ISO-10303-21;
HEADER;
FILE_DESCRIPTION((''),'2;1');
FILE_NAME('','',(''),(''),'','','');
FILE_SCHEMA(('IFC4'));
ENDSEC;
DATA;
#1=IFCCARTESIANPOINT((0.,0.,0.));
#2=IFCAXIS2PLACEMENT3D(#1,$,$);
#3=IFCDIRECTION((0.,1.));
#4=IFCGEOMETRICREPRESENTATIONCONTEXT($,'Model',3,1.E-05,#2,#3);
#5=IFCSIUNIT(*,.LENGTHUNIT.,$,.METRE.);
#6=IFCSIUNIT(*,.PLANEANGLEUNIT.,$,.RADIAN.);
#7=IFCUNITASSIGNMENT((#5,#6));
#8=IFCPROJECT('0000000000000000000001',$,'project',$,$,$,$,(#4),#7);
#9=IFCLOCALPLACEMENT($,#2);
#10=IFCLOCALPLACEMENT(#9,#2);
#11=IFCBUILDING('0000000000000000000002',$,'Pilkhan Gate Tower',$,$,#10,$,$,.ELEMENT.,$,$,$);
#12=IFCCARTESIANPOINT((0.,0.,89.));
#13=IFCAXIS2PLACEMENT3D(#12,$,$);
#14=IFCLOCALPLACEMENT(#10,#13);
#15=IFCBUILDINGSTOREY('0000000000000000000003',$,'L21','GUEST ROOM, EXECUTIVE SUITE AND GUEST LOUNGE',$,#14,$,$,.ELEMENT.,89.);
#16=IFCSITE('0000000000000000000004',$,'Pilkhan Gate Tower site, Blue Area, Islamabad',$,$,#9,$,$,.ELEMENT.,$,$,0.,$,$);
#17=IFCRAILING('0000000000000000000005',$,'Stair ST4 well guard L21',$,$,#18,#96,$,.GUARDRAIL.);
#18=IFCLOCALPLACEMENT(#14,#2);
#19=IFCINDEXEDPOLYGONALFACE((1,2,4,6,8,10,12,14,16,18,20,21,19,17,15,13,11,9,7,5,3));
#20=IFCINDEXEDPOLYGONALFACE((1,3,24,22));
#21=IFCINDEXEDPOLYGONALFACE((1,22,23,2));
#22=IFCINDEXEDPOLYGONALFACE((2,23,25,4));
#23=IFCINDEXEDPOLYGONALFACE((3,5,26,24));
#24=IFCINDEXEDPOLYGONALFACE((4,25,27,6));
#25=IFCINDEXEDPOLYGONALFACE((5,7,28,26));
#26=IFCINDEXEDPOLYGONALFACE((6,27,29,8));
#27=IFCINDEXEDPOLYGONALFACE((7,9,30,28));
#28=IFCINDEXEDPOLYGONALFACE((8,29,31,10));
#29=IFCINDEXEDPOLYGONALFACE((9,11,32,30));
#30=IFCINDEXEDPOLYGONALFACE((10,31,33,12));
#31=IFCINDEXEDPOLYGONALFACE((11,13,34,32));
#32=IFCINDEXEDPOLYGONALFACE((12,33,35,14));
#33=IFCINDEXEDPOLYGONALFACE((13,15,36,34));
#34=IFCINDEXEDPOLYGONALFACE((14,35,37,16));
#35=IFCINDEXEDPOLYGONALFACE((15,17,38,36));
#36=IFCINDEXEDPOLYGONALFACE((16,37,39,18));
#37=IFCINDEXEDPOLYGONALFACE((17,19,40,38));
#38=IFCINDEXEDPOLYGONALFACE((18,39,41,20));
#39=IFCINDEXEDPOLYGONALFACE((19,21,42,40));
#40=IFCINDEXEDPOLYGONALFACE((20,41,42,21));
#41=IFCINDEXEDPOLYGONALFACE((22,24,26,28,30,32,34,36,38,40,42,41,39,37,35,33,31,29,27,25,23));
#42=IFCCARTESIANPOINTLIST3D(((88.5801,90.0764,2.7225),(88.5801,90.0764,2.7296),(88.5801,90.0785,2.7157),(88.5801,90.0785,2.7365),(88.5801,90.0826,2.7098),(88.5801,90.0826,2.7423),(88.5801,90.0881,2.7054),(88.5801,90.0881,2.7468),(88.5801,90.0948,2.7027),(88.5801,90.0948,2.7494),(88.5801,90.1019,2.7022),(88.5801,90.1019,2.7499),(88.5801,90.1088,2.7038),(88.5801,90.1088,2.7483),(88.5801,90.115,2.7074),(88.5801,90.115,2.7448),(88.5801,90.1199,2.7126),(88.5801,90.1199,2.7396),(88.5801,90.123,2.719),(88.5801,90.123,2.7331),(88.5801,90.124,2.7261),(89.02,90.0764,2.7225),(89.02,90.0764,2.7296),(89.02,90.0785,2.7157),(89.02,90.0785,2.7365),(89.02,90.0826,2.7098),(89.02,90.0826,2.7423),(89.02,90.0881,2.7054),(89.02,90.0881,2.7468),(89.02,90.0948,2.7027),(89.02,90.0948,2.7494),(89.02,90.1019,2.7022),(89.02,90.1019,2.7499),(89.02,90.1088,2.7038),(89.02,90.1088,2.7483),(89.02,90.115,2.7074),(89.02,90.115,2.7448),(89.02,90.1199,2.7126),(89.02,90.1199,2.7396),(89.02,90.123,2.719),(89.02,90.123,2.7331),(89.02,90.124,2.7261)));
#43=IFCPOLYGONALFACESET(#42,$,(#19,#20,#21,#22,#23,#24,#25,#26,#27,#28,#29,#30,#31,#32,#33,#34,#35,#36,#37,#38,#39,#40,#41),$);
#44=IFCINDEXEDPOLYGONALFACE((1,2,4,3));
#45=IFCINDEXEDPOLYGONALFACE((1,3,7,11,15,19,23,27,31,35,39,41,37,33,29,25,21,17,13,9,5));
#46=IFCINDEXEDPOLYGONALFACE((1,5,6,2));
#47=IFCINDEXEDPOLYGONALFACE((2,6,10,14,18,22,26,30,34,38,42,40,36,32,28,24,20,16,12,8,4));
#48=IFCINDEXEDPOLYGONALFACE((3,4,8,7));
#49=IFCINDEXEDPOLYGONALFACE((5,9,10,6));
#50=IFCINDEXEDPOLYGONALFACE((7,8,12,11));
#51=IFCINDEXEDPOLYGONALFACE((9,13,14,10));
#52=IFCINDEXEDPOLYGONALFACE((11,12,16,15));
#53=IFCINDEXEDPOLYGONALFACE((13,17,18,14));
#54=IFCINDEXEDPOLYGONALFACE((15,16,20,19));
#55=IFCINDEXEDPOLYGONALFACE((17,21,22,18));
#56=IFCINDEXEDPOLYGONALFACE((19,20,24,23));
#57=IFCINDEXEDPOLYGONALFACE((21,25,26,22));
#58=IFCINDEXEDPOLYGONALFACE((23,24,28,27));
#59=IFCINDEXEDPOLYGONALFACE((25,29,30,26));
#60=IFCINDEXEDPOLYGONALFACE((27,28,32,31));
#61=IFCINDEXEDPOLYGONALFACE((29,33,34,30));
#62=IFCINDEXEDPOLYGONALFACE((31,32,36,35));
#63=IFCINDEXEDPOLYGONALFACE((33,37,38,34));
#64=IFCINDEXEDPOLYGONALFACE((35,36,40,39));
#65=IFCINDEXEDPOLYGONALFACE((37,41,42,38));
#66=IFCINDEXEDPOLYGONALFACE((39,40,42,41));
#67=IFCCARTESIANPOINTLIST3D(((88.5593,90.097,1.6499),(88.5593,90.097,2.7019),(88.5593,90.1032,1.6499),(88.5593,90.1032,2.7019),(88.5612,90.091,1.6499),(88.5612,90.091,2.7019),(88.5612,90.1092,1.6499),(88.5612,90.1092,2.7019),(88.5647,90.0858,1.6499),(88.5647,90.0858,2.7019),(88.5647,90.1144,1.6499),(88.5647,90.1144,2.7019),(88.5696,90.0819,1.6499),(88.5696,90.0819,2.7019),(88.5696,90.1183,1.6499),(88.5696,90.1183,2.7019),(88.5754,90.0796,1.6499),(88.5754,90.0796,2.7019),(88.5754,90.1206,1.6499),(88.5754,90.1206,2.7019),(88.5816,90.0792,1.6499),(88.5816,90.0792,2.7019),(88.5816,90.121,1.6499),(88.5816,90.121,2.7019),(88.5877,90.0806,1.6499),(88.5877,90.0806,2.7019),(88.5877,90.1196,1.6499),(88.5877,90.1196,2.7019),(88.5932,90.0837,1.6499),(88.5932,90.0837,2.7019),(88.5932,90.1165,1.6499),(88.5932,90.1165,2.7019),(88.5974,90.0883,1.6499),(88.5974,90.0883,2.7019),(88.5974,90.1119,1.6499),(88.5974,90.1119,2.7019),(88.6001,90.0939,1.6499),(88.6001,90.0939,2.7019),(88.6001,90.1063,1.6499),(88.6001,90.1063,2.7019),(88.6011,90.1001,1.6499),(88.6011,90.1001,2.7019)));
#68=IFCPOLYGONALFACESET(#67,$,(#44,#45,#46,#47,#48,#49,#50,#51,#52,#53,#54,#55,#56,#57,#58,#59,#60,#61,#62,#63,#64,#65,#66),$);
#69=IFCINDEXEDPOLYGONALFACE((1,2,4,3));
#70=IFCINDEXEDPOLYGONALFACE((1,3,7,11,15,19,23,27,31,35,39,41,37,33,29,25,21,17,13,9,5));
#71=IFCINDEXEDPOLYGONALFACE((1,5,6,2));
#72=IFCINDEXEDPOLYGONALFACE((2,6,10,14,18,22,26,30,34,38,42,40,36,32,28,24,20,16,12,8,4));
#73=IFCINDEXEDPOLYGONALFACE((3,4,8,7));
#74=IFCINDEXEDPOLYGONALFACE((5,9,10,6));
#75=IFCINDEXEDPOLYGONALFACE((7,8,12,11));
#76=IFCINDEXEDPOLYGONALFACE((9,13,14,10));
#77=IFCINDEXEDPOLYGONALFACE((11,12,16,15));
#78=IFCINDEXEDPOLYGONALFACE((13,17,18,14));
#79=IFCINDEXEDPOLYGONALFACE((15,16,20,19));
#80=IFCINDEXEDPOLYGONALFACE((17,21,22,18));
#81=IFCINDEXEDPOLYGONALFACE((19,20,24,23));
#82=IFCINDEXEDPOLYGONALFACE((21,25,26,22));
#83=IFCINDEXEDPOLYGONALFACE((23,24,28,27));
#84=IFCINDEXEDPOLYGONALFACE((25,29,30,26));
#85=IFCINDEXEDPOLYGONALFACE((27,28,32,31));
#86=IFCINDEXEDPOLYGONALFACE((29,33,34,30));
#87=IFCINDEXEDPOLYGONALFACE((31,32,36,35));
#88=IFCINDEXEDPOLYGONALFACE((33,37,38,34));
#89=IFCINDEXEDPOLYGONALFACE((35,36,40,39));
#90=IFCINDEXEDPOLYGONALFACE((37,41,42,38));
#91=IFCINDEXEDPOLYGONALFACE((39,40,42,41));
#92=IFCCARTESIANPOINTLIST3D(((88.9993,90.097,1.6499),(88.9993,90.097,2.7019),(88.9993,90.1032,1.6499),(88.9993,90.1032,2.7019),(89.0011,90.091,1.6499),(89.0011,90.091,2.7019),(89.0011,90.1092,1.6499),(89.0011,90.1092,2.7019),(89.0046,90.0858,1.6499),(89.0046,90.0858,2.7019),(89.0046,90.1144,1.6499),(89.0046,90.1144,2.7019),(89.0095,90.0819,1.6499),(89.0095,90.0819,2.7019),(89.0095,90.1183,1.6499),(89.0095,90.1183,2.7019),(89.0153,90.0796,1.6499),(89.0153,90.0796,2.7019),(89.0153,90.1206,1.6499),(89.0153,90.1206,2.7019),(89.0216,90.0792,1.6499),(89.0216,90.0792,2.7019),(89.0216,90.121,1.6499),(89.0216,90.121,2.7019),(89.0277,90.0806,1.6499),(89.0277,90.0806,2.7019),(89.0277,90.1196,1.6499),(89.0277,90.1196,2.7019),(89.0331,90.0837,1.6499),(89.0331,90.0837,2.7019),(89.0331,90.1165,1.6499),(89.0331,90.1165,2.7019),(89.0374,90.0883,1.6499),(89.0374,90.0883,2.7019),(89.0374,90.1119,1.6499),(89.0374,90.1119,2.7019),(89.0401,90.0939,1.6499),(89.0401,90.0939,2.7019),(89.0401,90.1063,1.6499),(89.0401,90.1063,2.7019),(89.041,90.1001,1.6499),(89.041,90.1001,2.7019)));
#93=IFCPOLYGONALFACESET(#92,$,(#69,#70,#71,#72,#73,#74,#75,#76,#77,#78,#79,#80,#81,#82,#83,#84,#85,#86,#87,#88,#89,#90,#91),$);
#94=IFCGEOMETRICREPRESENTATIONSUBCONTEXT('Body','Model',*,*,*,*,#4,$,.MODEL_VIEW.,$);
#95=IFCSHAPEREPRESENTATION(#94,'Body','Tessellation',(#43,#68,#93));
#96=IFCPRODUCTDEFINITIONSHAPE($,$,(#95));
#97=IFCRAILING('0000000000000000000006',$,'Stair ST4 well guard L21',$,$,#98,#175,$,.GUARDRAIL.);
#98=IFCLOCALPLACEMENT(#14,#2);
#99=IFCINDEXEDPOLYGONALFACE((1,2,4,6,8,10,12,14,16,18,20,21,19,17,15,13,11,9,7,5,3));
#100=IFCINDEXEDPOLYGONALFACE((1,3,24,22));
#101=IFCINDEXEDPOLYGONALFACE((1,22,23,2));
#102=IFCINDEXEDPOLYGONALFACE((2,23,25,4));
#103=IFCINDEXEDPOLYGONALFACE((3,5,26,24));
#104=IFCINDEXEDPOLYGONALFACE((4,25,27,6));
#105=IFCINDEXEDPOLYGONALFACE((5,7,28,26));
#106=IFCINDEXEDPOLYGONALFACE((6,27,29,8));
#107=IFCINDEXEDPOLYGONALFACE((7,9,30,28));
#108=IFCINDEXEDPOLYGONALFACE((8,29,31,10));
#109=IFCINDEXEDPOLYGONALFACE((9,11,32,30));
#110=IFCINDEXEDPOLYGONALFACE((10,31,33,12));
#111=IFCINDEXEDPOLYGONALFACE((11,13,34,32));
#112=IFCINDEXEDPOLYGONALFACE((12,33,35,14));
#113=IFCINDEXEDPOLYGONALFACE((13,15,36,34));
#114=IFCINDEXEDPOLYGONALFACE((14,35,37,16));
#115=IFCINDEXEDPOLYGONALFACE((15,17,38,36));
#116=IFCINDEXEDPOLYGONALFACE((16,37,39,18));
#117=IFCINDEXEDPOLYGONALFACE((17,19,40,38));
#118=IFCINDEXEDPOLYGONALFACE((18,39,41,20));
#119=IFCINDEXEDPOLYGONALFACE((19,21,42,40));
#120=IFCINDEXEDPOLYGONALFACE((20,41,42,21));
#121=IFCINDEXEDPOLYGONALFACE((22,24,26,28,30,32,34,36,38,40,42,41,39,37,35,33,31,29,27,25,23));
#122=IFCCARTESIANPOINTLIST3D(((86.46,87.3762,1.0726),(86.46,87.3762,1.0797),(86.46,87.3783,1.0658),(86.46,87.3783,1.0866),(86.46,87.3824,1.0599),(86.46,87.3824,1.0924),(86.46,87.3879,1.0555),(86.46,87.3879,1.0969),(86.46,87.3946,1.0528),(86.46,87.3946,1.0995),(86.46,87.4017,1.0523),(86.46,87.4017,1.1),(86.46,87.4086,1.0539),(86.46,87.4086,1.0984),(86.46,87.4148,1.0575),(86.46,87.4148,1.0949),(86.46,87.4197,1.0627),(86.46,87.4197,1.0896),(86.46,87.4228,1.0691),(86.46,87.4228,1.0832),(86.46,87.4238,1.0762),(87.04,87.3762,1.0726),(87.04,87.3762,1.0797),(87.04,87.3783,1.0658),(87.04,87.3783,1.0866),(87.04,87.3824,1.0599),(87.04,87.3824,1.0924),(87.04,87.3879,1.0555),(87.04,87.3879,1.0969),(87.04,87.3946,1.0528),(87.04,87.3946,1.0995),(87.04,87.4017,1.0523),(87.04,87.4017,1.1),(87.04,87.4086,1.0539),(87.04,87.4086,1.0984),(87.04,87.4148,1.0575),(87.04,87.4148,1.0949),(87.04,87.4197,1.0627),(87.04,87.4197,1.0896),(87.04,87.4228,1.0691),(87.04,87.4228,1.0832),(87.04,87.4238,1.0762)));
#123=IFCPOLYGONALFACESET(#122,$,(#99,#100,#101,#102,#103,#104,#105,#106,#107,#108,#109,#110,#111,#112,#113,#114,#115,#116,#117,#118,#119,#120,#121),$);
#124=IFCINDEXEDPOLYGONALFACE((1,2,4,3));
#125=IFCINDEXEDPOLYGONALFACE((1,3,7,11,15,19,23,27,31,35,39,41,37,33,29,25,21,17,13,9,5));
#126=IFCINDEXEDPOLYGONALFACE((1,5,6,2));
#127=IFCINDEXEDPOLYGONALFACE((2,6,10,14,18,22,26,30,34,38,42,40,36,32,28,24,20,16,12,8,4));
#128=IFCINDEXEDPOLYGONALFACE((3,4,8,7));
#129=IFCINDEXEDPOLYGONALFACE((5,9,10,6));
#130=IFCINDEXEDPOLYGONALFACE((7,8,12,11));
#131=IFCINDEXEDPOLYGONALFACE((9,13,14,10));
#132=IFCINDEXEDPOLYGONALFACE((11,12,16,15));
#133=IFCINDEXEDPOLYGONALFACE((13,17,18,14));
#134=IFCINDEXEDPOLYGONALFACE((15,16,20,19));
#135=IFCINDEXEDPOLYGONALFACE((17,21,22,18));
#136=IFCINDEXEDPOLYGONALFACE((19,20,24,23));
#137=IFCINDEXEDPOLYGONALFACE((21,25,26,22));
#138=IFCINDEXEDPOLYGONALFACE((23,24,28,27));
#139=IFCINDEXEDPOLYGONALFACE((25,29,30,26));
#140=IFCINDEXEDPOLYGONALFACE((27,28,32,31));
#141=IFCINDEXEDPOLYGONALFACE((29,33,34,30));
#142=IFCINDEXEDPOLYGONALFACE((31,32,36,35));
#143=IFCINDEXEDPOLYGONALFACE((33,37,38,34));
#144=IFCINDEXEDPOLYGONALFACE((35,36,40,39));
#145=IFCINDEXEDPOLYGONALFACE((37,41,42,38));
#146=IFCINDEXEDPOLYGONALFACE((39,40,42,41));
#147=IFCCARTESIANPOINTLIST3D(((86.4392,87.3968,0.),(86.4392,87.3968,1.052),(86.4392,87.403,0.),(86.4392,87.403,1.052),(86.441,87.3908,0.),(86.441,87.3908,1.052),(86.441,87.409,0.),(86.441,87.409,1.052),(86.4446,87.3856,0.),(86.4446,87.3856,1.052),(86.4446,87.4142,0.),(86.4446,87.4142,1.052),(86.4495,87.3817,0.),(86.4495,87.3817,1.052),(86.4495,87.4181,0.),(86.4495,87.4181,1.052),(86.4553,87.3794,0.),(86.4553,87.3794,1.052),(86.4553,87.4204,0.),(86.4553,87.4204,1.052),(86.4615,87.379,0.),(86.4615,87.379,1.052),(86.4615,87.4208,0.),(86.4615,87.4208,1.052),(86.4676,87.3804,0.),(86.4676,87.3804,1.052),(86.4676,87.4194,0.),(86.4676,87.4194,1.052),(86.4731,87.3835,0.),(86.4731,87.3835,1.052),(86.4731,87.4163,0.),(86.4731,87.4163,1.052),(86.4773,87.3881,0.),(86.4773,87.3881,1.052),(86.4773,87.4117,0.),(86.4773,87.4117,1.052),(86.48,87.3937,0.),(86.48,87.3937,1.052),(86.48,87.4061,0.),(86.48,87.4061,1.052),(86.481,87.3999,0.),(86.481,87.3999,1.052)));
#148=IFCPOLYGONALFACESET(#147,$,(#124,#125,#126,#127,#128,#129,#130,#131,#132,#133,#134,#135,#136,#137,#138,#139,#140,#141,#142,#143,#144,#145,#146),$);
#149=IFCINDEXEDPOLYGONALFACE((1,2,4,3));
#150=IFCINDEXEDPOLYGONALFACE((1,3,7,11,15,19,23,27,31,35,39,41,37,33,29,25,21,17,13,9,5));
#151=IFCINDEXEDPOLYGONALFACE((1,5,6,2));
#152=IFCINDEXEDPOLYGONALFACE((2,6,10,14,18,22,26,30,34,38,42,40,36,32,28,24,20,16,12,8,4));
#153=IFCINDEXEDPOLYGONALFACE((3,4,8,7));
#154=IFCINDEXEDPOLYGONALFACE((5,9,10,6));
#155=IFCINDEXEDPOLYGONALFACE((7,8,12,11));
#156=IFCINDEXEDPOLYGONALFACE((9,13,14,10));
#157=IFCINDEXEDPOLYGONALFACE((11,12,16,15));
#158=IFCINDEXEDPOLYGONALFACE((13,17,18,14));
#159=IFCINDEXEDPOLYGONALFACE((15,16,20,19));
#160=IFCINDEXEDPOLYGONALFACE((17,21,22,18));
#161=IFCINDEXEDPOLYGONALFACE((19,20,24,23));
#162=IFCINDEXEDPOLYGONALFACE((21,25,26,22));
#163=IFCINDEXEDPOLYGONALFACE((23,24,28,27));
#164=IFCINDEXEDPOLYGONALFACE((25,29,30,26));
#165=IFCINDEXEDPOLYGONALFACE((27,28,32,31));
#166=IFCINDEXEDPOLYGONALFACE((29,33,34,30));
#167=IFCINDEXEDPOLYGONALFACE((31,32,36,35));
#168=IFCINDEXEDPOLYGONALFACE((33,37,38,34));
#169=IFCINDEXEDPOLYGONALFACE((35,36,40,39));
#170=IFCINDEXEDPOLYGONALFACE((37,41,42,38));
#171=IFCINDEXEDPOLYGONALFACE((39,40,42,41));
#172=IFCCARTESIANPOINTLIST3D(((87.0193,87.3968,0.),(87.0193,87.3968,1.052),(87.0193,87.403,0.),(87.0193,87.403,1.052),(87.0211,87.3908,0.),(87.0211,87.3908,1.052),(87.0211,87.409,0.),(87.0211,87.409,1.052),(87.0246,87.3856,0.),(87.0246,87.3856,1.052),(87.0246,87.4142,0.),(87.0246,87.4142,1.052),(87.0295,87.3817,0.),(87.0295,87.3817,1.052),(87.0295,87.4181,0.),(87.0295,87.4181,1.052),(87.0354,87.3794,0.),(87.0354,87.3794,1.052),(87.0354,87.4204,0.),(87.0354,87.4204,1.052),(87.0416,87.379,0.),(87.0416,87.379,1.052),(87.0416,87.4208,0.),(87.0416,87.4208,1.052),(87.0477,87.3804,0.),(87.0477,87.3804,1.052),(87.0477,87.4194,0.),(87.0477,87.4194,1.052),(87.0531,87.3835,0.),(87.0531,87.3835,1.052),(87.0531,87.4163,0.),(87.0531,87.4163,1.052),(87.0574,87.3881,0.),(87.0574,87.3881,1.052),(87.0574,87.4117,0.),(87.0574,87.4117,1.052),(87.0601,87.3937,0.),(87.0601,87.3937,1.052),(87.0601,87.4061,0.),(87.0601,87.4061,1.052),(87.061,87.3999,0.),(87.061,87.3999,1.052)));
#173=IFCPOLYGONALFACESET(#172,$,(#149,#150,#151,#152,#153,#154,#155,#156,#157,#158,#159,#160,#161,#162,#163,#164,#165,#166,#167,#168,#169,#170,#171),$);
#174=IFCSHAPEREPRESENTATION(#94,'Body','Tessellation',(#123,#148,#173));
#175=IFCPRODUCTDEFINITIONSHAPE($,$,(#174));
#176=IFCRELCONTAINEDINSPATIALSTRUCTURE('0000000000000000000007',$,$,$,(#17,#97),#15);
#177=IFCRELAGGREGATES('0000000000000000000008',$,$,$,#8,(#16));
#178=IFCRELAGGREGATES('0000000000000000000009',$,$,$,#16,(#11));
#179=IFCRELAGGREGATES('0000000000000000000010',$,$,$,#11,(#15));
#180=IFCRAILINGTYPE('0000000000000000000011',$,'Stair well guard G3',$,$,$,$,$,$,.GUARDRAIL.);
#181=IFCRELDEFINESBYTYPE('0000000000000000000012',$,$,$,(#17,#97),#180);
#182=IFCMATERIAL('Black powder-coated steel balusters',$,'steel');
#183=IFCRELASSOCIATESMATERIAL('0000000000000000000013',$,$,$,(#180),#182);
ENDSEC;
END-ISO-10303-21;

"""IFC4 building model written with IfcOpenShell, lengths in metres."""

from ifc_helpers import new_model, si_unit, direction, frame, origin, origin_2d, place, context, subcontext, project, spatial, circle, extrude, material, type_object, element, save


model = new_model("IFC4")

# Units and contexts
model_context = context("Model", 3, precision=1e-05, world=origin(), true_north=direction((0.0, 1.0)))
body_context = subcontext(model_context, "Body", "Model", "MODEL_VIEW")
ifc_project = project(units=[si_unit("LENGTHUNIT", "METRE"), si_unit("PLANEANGLEUNIT", "RADIAN")], contexts=[model_context])

# Site, building, storey
site_placement = place(None, origin())
site = spatial("IfcSite", under=ifc_project, at=site_placement, Name="Pilkhan Gate Tower site, Blue Area, Islamabad", CompositionType="ELEMENT", RefElevation=0.0)
building_placement = place(site_placement, origin())
building = spatial("IfcBuilding", under=site, at=building_placement, Name="Pilkhan Gate Tower", CompositionType="ELEMENT")
storey_placement = place(building_placement, frame((0.0, 0.0, 89.0)))
storey = spatial("IfcBuildingStorey", under=building, at=storey_placement, Name="L21", Description="GUEST ROOM, EXECUTIVE SUITE AND GUEST LOUNGE", CompositionType="ELEMENT", Elevation=89.0)

# Railings
ifc_material_1 = material(Name="Black powder-coated steel balusters", Category="steel")
railing_type_1 = type_object("IfcRailingType", Name="Stair well guard G3", PredefinedType="GUARDRAIL", material=ifc_material_1)
railing_1_placement = place(storey_placement, frame((88.5801, 90.1001, 1.6499)))
element("IfcRailing", 1, at=railing_1_placement, inside=storey, type_object=railing_type_1, Name="Stair ST4 well guard L21", PredefinedType="GUARDRAIL", context=body_context, shape_type="SweptSolid", body=[
    extrude(circle(Radius=0.0239, at=origin_2d()), frame((0.0, 0.0, 1.0762), z_axis=(1.0, 0.0, 0.0), x_axis=(0.0, 1.0, 0.0)), (0.0, 0.0, 1.0), 0.4399),
    extrude(circle(Radius=0.021, at=origin_2d()), origin(), (0.0, 0.0, 1.0), 1.052),
    extrude(circle(Radius=0.021, at=origin_2d()), frame((0.4399, 0.0, 0.0)), (0.0, 0.0, 1.0), 1.052),
])
for number, where, name in (
    (2, (86.46, 87.3999, 0.0), "Stair ST4 well guard L21"),
):
    element("IfcRailing", number, at=place(storey_placement, frame(where)), inside=storey, type_object=railing_type_1, Name=name, PredefinedType="GUARDRAIL", context=body_context, shape_type="SweptSolid", body=[
        extrude(circle(Radius=0.0239, at=origin_2d()), frame((0.0, 0.0, 1.0762), z_axis=(1.0, 0.0, 0.0), x_axis=(0.0, 1.0, 0.0)), (0.0, 0.0, 1.0), 0.5801),
        extrude(circle(Radius=0.021, at=origin_2d()), origin(), (0.0, 0.0, 1.0), 1.052),
        extrude(circle(Radius=0.021, at=origin_2d()), frame((0.5801, 0.0, 0.0)), (0.0, 0.0, 1.0), 1.052),
    ])

save(model, "model.ifc")
